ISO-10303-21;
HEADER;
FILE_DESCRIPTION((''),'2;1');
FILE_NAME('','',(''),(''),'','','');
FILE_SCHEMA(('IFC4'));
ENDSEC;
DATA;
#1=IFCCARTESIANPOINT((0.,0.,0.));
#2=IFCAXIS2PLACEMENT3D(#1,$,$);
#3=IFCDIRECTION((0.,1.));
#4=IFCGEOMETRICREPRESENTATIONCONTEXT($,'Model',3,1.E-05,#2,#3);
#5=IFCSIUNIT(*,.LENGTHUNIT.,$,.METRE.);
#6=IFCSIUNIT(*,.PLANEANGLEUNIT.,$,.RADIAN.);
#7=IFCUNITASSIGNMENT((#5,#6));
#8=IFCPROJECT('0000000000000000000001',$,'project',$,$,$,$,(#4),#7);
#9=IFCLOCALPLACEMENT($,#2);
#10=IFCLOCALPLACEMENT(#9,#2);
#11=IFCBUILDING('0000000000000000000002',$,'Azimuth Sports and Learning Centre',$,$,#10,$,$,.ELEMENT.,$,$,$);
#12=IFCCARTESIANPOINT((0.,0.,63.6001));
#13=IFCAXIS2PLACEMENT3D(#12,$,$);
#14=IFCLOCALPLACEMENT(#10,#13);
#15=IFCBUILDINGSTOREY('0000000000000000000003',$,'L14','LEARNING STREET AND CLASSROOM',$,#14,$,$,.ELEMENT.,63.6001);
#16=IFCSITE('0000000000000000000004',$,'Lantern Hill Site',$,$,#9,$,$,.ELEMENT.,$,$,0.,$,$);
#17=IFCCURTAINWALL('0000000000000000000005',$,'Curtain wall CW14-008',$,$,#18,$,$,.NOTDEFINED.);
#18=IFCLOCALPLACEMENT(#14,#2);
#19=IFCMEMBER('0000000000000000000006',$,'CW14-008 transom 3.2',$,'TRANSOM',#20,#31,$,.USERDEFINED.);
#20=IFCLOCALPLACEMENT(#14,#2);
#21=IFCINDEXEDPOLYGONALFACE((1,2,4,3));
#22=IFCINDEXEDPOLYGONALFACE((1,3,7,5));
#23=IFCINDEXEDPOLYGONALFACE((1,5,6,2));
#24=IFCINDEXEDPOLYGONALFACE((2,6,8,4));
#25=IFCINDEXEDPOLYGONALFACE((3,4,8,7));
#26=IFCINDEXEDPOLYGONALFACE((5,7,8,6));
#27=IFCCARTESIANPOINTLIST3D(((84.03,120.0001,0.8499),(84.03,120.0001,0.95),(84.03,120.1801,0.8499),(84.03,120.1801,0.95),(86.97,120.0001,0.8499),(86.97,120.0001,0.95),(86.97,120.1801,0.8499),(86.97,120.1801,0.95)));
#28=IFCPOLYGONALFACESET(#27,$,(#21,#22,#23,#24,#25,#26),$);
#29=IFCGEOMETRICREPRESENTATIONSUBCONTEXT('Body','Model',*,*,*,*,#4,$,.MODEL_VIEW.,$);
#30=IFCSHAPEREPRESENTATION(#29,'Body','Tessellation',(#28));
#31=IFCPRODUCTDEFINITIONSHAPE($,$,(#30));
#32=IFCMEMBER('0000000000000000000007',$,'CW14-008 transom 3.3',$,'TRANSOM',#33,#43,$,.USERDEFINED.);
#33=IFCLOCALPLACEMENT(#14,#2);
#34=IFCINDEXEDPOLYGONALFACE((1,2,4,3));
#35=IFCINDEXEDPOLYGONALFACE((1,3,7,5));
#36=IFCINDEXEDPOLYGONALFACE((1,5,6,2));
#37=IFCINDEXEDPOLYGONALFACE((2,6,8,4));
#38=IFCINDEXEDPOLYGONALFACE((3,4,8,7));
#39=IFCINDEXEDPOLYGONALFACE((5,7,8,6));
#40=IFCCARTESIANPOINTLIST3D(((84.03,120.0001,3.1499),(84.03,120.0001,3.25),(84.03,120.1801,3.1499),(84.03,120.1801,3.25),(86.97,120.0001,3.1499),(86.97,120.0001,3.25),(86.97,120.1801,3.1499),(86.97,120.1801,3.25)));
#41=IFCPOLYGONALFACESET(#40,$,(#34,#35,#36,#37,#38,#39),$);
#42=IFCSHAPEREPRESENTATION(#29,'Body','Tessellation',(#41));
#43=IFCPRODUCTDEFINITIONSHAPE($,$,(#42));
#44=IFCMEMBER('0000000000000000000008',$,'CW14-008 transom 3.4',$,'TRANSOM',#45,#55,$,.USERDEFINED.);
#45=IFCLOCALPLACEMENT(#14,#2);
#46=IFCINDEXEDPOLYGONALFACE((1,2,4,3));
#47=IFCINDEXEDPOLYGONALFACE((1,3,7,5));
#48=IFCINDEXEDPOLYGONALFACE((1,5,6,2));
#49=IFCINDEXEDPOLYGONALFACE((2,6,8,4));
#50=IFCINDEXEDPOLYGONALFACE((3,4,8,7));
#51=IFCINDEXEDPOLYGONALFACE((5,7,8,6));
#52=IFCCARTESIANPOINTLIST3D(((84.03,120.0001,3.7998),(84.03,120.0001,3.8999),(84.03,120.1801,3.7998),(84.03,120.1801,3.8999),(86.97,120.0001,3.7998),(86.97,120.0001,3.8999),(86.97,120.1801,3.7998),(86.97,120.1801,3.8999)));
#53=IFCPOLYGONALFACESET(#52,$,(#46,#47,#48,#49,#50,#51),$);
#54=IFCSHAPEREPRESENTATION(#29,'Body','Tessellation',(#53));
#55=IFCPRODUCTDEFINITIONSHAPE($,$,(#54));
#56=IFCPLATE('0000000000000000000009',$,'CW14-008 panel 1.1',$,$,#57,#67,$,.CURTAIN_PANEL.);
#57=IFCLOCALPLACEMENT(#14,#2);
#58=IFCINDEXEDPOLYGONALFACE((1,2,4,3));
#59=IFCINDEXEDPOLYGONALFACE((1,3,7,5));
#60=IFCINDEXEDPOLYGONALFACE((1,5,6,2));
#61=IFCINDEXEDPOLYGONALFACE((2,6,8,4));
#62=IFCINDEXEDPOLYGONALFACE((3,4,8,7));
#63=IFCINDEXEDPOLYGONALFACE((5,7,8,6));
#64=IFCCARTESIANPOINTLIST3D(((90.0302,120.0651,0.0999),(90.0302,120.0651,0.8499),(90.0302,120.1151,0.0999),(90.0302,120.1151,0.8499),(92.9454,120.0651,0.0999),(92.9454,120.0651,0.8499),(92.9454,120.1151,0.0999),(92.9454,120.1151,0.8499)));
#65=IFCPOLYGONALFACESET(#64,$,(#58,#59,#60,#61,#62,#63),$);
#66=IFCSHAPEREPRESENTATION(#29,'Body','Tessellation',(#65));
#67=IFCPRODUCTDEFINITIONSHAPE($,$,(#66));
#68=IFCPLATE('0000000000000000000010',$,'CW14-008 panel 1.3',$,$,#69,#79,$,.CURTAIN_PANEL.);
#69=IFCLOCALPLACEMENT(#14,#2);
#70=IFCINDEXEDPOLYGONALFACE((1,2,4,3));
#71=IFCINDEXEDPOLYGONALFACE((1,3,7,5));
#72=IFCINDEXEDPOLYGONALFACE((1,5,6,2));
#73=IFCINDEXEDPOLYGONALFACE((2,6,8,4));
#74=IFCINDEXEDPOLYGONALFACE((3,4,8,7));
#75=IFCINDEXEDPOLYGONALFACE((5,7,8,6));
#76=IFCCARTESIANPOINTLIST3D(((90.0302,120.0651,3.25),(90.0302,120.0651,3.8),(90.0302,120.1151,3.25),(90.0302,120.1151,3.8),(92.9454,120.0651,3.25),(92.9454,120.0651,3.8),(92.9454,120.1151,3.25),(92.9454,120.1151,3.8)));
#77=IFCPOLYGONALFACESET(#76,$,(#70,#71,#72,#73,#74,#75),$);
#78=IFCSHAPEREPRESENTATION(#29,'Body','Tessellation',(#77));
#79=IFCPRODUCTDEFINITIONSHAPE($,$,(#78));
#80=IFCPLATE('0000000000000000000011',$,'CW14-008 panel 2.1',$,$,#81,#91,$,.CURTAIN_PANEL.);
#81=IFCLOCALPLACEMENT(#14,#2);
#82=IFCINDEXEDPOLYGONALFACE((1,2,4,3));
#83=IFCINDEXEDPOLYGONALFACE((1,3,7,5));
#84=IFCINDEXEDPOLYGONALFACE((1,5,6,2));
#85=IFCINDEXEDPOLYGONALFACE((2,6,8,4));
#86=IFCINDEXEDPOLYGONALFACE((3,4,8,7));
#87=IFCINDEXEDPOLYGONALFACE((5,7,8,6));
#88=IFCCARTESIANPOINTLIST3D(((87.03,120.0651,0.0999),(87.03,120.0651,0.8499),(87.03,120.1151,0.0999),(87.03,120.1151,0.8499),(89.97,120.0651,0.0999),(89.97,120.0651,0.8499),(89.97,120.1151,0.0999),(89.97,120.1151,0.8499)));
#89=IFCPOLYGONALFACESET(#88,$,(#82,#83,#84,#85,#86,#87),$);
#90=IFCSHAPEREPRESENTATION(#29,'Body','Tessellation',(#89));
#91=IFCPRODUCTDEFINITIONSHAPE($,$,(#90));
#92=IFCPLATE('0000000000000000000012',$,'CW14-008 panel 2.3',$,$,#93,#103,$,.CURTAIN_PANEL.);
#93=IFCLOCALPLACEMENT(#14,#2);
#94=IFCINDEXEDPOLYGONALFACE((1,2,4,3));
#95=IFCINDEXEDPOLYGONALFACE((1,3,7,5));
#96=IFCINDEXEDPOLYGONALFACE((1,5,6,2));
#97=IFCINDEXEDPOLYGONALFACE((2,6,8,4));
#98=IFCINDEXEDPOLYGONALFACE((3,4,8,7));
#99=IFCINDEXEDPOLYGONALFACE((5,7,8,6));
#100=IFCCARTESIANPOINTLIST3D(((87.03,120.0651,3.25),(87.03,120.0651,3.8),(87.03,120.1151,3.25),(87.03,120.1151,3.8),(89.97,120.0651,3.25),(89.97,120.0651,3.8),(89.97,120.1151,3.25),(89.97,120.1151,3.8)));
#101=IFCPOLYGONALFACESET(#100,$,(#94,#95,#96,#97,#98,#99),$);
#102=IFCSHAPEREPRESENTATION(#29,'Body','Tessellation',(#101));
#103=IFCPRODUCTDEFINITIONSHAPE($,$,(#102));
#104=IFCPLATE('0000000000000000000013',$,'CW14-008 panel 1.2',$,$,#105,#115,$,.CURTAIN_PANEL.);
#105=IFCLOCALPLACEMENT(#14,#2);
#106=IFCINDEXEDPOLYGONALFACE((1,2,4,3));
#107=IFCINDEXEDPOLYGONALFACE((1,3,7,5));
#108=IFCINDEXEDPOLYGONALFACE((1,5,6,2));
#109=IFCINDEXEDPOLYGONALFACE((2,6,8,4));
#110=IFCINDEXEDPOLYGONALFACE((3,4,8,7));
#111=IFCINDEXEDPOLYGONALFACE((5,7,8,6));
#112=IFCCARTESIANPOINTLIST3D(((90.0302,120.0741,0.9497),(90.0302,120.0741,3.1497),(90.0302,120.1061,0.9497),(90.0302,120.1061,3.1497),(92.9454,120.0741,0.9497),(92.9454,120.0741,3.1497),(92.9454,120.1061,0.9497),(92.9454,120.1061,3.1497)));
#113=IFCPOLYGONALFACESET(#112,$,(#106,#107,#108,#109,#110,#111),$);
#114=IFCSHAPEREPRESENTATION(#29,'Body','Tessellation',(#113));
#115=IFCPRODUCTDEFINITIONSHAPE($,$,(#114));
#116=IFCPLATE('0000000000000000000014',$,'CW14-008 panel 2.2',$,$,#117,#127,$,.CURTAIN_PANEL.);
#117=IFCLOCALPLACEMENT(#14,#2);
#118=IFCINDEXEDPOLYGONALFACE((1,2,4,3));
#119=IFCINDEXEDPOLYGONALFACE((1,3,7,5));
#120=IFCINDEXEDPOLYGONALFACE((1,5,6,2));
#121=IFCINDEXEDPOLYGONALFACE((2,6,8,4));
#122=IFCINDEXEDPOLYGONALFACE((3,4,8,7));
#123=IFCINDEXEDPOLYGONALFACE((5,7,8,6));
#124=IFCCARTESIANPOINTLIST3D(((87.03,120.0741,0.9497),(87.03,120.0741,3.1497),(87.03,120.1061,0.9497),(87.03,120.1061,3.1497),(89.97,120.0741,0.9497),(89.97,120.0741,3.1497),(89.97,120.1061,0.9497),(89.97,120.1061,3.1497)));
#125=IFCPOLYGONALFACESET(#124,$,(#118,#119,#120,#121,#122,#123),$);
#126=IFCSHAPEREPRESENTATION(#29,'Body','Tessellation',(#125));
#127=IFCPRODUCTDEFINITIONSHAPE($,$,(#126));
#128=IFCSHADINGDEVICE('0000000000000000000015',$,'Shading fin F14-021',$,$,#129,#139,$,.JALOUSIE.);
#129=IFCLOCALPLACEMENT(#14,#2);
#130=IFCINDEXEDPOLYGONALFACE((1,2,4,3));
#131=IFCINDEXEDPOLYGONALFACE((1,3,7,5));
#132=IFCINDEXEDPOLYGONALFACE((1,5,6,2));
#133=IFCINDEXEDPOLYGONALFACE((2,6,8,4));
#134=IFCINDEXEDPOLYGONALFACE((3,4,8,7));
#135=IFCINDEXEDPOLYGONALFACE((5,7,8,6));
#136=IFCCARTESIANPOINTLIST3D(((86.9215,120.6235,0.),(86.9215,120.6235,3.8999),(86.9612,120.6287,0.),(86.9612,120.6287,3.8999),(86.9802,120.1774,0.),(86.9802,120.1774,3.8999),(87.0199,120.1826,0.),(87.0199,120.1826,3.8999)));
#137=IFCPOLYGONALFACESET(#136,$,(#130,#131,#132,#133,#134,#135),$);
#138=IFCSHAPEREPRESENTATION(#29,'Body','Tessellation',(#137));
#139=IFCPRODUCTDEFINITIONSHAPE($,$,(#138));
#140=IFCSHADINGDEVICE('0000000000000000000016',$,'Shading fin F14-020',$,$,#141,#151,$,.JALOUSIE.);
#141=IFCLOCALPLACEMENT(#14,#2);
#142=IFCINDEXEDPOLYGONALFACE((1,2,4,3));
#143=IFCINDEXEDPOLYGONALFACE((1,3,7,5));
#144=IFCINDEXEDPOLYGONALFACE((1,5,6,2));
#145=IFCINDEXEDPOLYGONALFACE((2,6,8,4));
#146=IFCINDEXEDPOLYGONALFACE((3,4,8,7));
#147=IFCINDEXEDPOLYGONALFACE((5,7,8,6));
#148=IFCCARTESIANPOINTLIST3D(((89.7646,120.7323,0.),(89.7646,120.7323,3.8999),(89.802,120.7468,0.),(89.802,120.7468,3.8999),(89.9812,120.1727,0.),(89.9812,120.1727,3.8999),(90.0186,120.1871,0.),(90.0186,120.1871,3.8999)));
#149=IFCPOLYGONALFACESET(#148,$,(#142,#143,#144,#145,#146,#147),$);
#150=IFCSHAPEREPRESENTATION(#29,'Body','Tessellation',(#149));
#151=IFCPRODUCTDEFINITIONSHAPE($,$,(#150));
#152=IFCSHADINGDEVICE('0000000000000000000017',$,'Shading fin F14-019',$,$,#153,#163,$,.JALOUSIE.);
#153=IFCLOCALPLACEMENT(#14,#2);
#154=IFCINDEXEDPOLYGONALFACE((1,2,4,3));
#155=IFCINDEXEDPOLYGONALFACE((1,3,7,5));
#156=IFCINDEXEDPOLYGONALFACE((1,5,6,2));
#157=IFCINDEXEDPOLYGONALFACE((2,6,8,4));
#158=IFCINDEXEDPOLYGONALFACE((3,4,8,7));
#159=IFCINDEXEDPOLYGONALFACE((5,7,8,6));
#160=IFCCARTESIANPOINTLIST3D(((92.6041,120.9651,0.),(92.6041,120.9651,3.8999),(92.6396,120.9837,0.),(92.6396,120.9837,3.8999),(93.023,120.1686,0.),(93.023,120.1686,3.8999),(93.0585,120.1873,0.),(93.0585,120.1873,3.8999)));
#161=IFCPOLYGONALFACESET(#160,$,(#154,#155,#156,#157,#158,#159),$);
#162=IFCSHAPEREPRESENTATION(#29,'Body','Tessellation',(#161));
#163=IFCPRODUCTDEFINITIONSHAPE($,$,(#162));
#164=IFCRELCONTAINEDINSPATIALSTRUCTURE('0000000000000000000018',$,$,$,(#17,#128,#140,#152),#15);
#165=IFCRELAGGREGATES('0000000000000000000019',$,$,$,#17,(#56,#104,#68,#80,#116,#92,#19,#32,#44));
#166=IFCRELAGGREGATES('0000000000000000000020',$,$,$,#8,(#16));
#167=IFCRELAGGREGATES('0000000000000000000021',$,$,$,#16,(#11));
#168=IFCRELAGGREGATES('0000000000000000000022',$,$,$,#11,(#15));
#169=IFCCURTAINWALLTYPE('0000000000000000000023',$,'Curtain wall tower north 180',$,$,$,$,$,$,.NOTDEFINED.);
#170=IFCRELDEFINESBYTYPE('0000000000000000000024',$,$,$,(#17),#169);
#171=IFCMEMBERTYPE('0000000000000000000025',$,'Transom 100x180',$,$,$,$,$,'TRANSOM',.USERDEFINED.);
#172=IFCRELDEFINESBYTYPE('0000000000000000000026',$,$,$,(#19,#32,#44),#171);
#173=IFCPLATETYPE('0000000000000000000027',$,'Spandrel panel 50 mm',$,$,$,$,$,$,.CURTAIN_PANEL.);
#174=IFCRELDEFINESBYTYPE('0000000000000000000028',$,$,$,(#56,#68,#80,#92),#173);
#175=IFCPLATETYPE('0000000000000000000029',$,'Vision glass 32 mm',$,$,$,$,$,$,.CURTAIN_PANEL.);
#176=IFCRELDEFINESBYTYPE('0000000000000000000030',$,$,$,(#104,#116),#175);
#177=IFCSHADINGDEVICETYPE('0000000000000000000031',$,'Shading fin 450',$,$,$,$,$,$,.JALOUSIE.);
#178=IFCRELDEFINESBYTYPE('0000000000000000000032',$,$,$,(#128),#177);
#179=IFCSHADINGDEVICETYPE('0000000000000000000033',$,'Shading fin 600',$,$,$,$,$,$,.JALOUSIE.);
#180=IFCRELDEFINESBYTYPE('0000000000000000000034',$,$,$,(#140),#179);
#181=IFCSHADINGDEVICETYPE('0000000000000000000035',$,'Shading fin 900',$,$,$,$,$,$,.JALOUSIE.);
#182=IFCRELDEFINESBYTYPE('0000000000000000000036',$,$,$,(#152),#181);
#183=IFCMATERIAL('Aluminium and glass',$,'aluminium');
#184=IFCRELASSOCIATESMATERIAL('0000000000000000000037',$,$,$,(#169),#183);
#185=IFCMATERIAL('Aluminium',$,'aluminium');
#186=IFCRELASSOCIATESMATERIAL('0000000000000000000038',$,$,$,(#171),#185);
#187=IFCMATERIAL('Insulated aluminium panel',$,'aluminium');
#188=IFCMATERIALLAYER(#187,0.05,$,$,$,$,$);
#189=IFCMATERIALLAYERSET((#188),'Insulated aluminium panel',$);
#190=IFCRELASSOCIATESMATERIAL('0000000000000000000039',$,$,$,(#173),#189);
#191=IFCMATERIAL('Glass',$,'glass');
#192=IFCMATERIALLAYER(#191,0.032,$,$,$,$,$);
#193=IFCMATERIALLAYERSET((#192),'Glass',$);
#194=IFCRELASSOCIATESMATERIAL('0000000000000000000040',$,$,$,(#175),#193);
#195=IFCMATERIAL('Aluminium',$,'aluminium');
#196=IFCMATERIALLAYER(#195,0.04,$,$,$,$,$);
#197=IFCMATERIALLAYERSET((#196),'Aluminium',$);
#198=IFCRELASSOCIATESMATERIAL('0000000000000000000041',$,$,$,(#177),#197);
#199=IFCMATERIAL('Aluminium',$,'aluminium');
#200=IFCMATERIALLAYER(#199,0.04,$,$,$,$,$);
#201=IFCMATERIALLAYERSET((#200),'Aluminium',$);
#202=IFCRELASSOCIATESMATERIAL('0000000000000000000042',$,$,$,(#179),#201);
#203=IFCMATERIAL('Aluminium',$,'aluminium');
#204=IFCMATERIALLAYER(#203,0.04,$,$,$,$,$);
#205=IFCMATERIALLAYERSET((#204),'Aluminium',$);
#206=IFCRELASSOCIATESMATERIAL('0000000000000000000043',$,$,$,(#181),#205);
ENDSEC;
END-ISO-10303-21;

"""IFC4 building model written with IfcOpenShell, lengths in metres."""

from ifc_helpers import new_model, si_unit, direction, frame, origin, origin_2d, place, context, subcontext, project, spatial, rectangle, extrude, material, layer, layer_set, material_profile, profile_set, type_object, element, aggregate, save


model = new_model("IFC4")

# Units and contexts
model_context = context("Model", 3, precision=1e-05, world=origin(), true_north=direction((0.0, 1.0)))
body_context = subcontext(model_context, "Body", "Model", "MODEL_VIEW")
ifc_project = project(units=[si_unit("LENGTHUNIT", "METRE"), si_unit("PLANEANGLEUNIT", "RADIAN")], contexts=[model_context])

# Site, building, storey
site_placement = place(None, origin())
site = spatial("IfcSite", under=ifc_project, at=site_placement, Name="Lantern Hill Site", CompositionType="ELEMENT", RefElevation=0.0)
building_placement = place(site_placement, origin())
building = spatial("IfcBuilding", under=site, at=building_placement, Name="Azimuth Sports and Learning Centre", CompositionType="ELEMENT")
storey_placement = place(building_placement, frame((0.0, 0.0, 63.6001)))
storey = spatial("IfcBuildingStorey", under=building, at=storey_placement, Name="L14", Description="LEARNING STREET AND CLASSROOM", CompositionType="ELEMENT", Elevation=63.6001)

# Curtain wall, members, plates
ifc_material_1 = material(Name="Aluminium and glass", Category="aluminium")
curtain_wall_type = type_object("IfcCurtainWallType", Name="Curtain wall tower north 180", PredefinedType="NOTDEFINED", material=ifc_material_1)
curtain_wall_placement = place(storey_placement, origin())
curtain_wall = element("IfcCurtainWall", 1, at=curtain_wall_placement, inside=storey, type_object=curtain_wall_type, Name="Curtain wall CW14-008", PredefinedType="NOTDEFINED")
ifc_material_2 = material(Name="Aluminium", Category="aluminium")
ifc_material_profile_1 = material_profile(ifc_material_2, rectangle(XDim=0.1799, YDim=0.1001, at=origin_2d()), Name="Transom 100x180")
ifc_profile_set_1 = profile_set([ifc_material_profile_1], Name="Aluminium")
member_type_1 = type_object("IfcMemberType", Name="Transom 100x180", ElementType="TRANSOM", PredefinedType="USERDEFINED", material=ifc_profile_set_1)
member_1_placement = place(storey_placement, frame((86.97, 120.0901, 0.8999), z_axis=(-1.0, 0.0, 0.0), x_axis=(0.0, -1.0, 0.0)))
member_1 = element("IfcMember", 2, at=member_1_placement, type_object=member_type_1, Name="CW14-008 transom 3.2", ObjectType="TRANSOM", PredefinedType="USERDEFINED", context=body_context, shape_type="SweptSolid", body=[
    extrude(rectangle(XDim=0.1799, YDim=0.1001, at=origin_2d()), origin(), (0.0, 0.0, 1.0), 2.9399),
])
member_2_placement = place(storey_placement, frame((86.97, 120.0901, 3.2), z_axis=(-1.0, 0.0, 0.0), x_axis=(0.0, -1.0, 0.0)))
member_2 = element("IfcMember", 3, at=member_2_placement, type_object=member_type_1, Name="CW14-008 transom 3.3", ObjectType="TRANSOM", PredefinedType="USERDEFINED", context=body_context, shape_type="SweptSolid", body=[
    extrude(rectangle(XDim=0.1799, YDim=0.1001, at=origin_2d()), origin(), (0.0, 0.0, 1.0), 2.9399),
])
member_3_placement = place(storey_placement, frame((86.97, 120.0901, 3.8499), z_axis=(-1.0, 0.0, 0.0), x_axis=(0.0, -1.0, 0.0)))
member_3 = element("IfcMember", 4, at=member_3_placement, type_object=member_type_1, Name="CW14-008 transom 3.4", ObjectType="TRANSOM", PredefinedType="USERDEFINED", context=body_context, shape_type="SweptSolid", body=[
    extrude(rectangle(XDim=0.1799, YDim=0.1001, at=origin_2d()), origin(), (0.0, 0.0, 1.0), 2.9399),
])
ifc_material_3 = material(Name="Insulated aluminium panel", Category="aluminium")
ifc_layer_1 = layer(ifc_material_3, 0.05)
ifc_layer_set_1 = layer_set([ifc_layer_1], Name="Insulated aluminium panel")
plate_type_1 = type_object("IfcPlateType", Name="Spandrel panel 50 mm", PredefinedType="CURTAIN_PANEL", material=ifc_layer_set_1)
plate_1_placement = place(storey_placement, frame((91.4878, 120.0901, 0.0999), z_axis=(0.0, 0.0, 1.0), x_axis=(-1.0, 0.0, 0.0)))
plate_1 = element("IfcPlate", 5, at=plate_1_placement, type_object=plate_type_1, Name="CW14-008 panel 1.1", PredefinedType="CURTAIN_PANEL", context=body_context, shape_type="SweptSolid", body=[
    extrude(rectangle(XDim=2.9153, YDim=0.05, at=origin_2d()), origin(), (0.0, 0.0, 1.0), 0.75),
])
plate_2_placement = place(storey_placement, frame((91.4878, 120.0901, 3.25), z_axis=(0.0, 0.0, 1.0), x_axis=(-1.0, 0.0, 0.0)))
plate_2 = element("IfcPlate", 6, at=plate_2_placement, type_object=plate_type_1, Name="CW14-008 panel 1.3", PredefinedType="CURTAIN_PANEL", context=body_context, shape_type="SweptSolid", body=[
    extrude(rectangle(XDim=2.9153, YDim=0.05, at=origin_2d()), origin(), (0.0, 0.0, 1.0), 0.55),
])
plate_3_placement = place(storey_placement, frame((88.5, 120.0901, 0.0999), z_axis=(0.0, 0.0, 1.0), x_axis=(-1.0, 0.0, 0.0)))
plate_3 = element("IfcPlate", 7, at=plate_3_placement, type_object=plate_type_1, Name="CW14-008 panel 2.1", PredefinedType="CURTAIN_PANEL", context=body_context, shape_type="SweptSolid", body=[
    extrude(rectangle(XDim=2.9399, YDim=0.05, at=origin_2d()), origin(), (0.0, 0.0, 1.0), 0.75),
])
plate_4_placement = place(storey_placement, frame((88.5, 120.0901, 3.25), z_axis=(0.0, 0.0, 1.0), x_axis=(-1.0, 0.0, 0.0)))
plate_4 = element("IfcPlate", 8, at=plate_4_placement, type_object=plate_type_1, Name="CW14-008 panel 2.3", PredefinedType="CURTAIN_PANEL", context=body_context, shape_type="SweptSolid", body=[
    extrude(rectangle(XDim=2.9399, YDim=0.05, at=origin_2d()), origin(), (0.0, 0.0, 1.0), 0.55),
])
ifc_material_4 = material(Name="Glass", Category="glass")
ifc_layer_2 = layer(ifc_material_4, 0.032)
ifc_layer_set_2 = layer_set([ifc_layer_2], Name="Glass")
plate_type_2 = type_object("IfcPlateType", Name="Vision glass 32 mm", PredefinedType="CURTAIN_PANEL", material=ifc_layer_set_2)
plate_5_placement = place(storey_placement, frame((91.4878, 120.0901, 0.9497), z_axis=(0.0, 0.0, 1.0), x_axis=(-1.0, 0.0, 0.0)))
plate_5 = element("IfcPlate", 9, at=plate_5_placement, type_object=plate_type_2, Name="CW14-008 panel 1.2", PredefinedType="CURTAIN_PANEL", context=body_context, shape_type="SweptSolid", body=[
    extrude(rectangle(XDim=2.9153, YDim=0.032, at=origin_2d()), origin(), (0.0, 0.0, 1.0), 2.2),
])
plate_6_placement = place(storey_placement, frame((88.5, 120.0901, 0.9497), z_axis=(0.0, 0.0, 1.0), x_axis=(-1.0, 0.0, 0.0)))
plate_6 = element("IfcPlate", 10, at=plate_6_placement, type_object=plate_type_2, Name="CW14-008 panel 2.2", PredefinedType="CURTAIN_PANEL", context=body_context, shape_type="SweptSolid", body=[
    extrude(rectangle(XDim=2.9399, YDim=0.032, at=origin_2d()), origin(), (0.0, 0.0, 1.0), 2.2),
])
aggregate(curtain_wall, [plate_1, plate_5, plate_2, plate_3, plate_6, plate_4, member_1, member_2, member_3])

# Shading devices
ifc_material_5 = material(Name="Aluminium", Category="aluminium")
ifc_layer_3 = layer(ifc_material_5, 0.04)
ifc_layer_set_3 = layer_set([ifc_layer_3], Name="Aluminium")
shading_device_type_1 = type_object("IfcShadingDeviceType", Name="Shading fin 450", PredefinedType="JALOUSIE", material=ifc_layer_set_3)
shading_device_1_placement = place(storey_placement, frame((86.9707, 120.4031, 0.0), z_axis=(0.0, 0.0, 1.0), x_axis=(-0.130264, 0.991479, 0.0)))
element("IfcShadingDevice", 11, at=shading_device_1_placement, inside=storey, type_object=shading_device_type_1, Name="Shading fin F14-021", PredefinedType="JALOUSIE", context=body_context, shape_type="SweptSolid", body=[
    extrude(rectangle(XDim=0.45, YDim=0.04, at=origin_2d()), origin(), (0.0, 0.0, 1.0), 3.8999),
])
ifc_material_6 = material(Name="Aluminium", Category="aluminium")
ifc_layer_4 = layer(ifc_material_6, 0.04)
ifc_layer_set_4 = layer_set([ifc_layer_4], Name="Aluminium")
shading_device_type_2 = type_object("IfcShadingDeviceType", Name="Shading fin 600", PredefinedType="JALOUSIE", material=ifc_layer_set_4)
shading_device_2_placement = place(storey_placement, frame((89.8916, 120.4597, 0.0), z_axis=(0.0, 0.0, 1.0), x_axis=(-0.360978, 0.932574, 0.0)))
element("IfcShadingDevice", 12, at=shading_device_2_placement, inside=storey, type_object=shading_device_type_2, Name="Shading fin F14-020", PredefinedType="JALOUSIE", context=body_context, shape_type="SweptSolid", body=[
    extrude(rectangle(XDim=0.6001, YDim=0.04, at=origin_2d()), origin(), (0.0, 0.0, 1.0), 3.8999),
])
ifc_material_7 = material(Name="Aluminium", Category="aluminium")
ifc_layer_5 = layer(ifc_material_7, 0.04)
ifc_layer_set_5 = layer_set([ifc_layer_5], Name="Aluminium")
shading_device_type_3 = type_object("IfcShadingDeviceType", Name="Shading fin 900", PredefinedType="JALOUSIE", material=ifc_layer_set_5)
shading_device_3_placement = place(storey_placement, frame((92.8313, 120.5762, 0.0), z_axis=(0.0, 0.0, 1.0), x_axis=(-0.465511, 0.885042, 0.0)))
element("IfcShadingDevice", 13, at=shading_device_3_placement, inside=storey, type_object=shading_device_type_3, Name="Shading fin F14-019", PredefinedType="JALOUSIE", context=body_context, shape_type="SweptSolid", body=[
    extrude(rectangle(XDim=0.8999, YDim=0.04, at=origin_2d()), origin(), (0.0, 0.0, 1.0), 3.8999),
])

save(model, "model.ifc")
